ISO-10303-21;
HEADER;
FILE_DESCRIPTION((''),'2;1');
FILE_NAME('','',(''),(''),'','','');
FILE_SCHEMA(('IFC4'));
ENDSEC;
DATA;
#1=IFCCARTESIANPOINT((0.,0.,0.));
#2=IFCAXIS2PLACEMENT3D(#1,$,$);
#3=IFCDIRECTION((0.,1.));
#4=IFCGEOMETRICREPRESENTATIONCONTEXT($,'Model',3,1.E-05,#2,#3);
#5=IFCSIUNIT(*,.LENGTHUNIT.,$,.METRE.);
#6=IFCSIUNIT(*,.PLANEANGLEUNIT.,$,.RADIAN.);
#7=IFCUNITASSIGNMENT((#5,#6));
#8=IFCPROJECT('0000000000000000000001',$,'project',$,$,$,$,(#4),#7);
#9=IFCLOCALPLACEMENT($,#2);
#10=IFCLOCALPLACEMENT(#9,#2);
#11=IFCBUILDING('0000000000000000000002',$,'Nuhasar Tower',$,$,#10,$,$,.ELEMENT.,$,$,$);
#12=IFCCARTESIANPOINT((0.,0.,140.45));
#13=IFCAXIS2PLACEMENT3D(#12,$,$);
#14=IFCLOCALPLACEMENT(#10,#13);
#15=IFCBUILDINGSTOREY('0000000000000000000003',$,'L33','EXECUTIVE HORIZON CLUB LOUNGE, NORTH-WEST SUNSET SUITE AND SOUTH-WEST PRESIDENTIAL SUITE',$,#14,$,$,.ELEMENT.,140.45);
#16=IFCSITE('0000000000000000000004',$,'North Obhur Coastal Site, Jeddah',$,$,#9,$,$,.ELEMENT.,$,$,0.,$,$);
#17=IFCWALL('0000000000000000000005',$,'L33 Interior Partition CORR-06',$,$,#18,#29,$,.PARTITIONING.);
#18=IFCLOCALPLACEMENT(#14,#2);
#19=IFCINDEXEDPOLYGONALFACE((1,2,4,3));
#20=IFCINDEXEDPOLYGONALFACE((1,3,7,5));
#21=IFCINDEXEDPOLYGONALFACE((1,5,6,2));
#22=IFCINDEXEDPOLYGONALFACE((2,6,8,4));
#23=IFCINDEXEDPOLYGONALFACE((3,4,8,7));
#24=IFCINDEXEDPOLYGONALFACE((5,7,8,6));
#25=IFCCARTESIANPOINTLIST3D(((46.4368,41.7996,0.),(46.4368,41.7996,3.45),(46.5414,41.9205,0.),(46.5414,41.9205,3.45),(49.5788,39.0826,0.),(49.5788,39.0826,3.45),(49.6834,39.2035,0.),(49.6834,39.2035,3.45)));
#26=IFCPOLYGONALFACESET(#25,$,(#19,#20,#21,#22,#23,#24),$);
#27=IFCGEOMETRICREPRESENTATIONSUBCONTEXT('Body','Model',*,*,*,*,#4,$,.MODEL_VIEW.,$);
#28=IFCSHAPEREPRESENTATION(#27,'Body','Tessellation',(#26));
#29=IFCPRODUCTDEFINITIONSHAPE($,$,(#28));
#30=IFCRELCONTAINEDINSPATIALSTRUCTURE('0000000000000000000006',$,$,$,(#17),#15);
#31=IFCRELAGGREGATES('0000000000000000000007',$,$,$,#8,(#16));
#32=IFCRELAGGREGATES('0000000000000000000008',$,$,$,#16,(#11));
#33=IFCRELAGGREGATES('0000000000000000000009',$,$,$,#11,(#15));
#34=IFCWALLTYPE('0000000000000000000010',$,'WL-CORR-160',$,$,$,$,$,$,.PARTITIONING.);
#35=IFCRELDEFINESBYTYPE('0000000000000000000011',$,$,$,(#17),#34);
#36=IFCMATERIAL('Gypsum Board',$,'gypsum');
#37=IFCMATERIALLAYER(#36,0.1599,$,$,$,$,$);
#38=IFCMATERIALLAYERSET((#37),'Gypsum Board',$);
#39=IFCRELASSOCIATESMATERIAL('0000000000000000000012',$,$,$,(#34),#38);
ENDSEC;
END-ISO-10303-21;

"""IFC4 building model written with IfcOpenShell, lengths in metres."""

from ifc_helpers import new_model, si_unit, direction, frame, frame_2d, origin, place, context, subcontext, project, spatial, rectangle, extrude, material, layer, layer_set, type_object, element, save


model = new_model("IFC4")

# Units and contexts
model_context = context("Model", 3, precision=1e-05, world=origin(), true_north=direction((0.0, 1.0)))
body_context = subcontext(model_context, "Body", "Model", "MODEL_VIEW")
ifc_project = project(units=[si_unit("LENGTHUNIT", "METRE"), si_unit("PLANEANGLEUNIT", "RADIAN")], contexts=[model_context])

# Site, building, storey
site_placement = place(None, origin())
site = spatial("IfcSite", under=ifc_project, at=site_placement, Name="North Obhur Coastal Site, Jeddah", CompositionType="ELEMENT", RefElevation=0.0)
building_placement = place(site_placement, origin())
building = spatial("IfcBuilding", under=site, at=building_placement, Name="Nuhasar Tower", CompositionType="ELEMENT")
storey_placement = place(building_placement, frame((0.0, 0.0, 140.45)))
storey = spatial("IfcBuildingStorey", under=building, at=storey_placement, Name="L33", Description="EXECUTIVE HORIZON CLUB LOUNGE, NORTH-WEST SUNSET SUITE AND SOUTH-WEST PRESIDENTIAL SUITE", CompositionType="ELEMENT", Elevation=140.45)

# Shared definitions
ifc_material_1 = material(Name="Gypsum Board", Category="gypsum")
ifc_layer_1 = layer(ifc_material_1, 0.1599)
ifc_layer_set_1 = layer_set([ifc_layer_1], Name="Gypsum Board")
wall_type = type_object("IfcWallType", Name="WL-CORR-160", PredefinedType="PARTITIONING", material=ifc_layer_set_1)

# Wall
wall_1_placement = place(storey_placement, frame((49.6311, 39.1431, 0.0), z_axis=(0.0, 0.0, 1.0), x_axis=(-0.756416, 0.654091, 0.0)))
element("IfcWall", 1, at=wall_1_placement, inside=storey, type_object=wall_type, Name="L33 Interior Partition CORR-06", PredefinedType="PARTITIONING", context=body_context, shape_type="SweptSolid", body=[
    extrude(rectangle(XDim=4.1538, YDim=0.1599, at=frame_2d((2.0769, 0.0))), origin(), (0.0, 0.0, 1.0), 3.45),
])

save(model, "model.ifc")
